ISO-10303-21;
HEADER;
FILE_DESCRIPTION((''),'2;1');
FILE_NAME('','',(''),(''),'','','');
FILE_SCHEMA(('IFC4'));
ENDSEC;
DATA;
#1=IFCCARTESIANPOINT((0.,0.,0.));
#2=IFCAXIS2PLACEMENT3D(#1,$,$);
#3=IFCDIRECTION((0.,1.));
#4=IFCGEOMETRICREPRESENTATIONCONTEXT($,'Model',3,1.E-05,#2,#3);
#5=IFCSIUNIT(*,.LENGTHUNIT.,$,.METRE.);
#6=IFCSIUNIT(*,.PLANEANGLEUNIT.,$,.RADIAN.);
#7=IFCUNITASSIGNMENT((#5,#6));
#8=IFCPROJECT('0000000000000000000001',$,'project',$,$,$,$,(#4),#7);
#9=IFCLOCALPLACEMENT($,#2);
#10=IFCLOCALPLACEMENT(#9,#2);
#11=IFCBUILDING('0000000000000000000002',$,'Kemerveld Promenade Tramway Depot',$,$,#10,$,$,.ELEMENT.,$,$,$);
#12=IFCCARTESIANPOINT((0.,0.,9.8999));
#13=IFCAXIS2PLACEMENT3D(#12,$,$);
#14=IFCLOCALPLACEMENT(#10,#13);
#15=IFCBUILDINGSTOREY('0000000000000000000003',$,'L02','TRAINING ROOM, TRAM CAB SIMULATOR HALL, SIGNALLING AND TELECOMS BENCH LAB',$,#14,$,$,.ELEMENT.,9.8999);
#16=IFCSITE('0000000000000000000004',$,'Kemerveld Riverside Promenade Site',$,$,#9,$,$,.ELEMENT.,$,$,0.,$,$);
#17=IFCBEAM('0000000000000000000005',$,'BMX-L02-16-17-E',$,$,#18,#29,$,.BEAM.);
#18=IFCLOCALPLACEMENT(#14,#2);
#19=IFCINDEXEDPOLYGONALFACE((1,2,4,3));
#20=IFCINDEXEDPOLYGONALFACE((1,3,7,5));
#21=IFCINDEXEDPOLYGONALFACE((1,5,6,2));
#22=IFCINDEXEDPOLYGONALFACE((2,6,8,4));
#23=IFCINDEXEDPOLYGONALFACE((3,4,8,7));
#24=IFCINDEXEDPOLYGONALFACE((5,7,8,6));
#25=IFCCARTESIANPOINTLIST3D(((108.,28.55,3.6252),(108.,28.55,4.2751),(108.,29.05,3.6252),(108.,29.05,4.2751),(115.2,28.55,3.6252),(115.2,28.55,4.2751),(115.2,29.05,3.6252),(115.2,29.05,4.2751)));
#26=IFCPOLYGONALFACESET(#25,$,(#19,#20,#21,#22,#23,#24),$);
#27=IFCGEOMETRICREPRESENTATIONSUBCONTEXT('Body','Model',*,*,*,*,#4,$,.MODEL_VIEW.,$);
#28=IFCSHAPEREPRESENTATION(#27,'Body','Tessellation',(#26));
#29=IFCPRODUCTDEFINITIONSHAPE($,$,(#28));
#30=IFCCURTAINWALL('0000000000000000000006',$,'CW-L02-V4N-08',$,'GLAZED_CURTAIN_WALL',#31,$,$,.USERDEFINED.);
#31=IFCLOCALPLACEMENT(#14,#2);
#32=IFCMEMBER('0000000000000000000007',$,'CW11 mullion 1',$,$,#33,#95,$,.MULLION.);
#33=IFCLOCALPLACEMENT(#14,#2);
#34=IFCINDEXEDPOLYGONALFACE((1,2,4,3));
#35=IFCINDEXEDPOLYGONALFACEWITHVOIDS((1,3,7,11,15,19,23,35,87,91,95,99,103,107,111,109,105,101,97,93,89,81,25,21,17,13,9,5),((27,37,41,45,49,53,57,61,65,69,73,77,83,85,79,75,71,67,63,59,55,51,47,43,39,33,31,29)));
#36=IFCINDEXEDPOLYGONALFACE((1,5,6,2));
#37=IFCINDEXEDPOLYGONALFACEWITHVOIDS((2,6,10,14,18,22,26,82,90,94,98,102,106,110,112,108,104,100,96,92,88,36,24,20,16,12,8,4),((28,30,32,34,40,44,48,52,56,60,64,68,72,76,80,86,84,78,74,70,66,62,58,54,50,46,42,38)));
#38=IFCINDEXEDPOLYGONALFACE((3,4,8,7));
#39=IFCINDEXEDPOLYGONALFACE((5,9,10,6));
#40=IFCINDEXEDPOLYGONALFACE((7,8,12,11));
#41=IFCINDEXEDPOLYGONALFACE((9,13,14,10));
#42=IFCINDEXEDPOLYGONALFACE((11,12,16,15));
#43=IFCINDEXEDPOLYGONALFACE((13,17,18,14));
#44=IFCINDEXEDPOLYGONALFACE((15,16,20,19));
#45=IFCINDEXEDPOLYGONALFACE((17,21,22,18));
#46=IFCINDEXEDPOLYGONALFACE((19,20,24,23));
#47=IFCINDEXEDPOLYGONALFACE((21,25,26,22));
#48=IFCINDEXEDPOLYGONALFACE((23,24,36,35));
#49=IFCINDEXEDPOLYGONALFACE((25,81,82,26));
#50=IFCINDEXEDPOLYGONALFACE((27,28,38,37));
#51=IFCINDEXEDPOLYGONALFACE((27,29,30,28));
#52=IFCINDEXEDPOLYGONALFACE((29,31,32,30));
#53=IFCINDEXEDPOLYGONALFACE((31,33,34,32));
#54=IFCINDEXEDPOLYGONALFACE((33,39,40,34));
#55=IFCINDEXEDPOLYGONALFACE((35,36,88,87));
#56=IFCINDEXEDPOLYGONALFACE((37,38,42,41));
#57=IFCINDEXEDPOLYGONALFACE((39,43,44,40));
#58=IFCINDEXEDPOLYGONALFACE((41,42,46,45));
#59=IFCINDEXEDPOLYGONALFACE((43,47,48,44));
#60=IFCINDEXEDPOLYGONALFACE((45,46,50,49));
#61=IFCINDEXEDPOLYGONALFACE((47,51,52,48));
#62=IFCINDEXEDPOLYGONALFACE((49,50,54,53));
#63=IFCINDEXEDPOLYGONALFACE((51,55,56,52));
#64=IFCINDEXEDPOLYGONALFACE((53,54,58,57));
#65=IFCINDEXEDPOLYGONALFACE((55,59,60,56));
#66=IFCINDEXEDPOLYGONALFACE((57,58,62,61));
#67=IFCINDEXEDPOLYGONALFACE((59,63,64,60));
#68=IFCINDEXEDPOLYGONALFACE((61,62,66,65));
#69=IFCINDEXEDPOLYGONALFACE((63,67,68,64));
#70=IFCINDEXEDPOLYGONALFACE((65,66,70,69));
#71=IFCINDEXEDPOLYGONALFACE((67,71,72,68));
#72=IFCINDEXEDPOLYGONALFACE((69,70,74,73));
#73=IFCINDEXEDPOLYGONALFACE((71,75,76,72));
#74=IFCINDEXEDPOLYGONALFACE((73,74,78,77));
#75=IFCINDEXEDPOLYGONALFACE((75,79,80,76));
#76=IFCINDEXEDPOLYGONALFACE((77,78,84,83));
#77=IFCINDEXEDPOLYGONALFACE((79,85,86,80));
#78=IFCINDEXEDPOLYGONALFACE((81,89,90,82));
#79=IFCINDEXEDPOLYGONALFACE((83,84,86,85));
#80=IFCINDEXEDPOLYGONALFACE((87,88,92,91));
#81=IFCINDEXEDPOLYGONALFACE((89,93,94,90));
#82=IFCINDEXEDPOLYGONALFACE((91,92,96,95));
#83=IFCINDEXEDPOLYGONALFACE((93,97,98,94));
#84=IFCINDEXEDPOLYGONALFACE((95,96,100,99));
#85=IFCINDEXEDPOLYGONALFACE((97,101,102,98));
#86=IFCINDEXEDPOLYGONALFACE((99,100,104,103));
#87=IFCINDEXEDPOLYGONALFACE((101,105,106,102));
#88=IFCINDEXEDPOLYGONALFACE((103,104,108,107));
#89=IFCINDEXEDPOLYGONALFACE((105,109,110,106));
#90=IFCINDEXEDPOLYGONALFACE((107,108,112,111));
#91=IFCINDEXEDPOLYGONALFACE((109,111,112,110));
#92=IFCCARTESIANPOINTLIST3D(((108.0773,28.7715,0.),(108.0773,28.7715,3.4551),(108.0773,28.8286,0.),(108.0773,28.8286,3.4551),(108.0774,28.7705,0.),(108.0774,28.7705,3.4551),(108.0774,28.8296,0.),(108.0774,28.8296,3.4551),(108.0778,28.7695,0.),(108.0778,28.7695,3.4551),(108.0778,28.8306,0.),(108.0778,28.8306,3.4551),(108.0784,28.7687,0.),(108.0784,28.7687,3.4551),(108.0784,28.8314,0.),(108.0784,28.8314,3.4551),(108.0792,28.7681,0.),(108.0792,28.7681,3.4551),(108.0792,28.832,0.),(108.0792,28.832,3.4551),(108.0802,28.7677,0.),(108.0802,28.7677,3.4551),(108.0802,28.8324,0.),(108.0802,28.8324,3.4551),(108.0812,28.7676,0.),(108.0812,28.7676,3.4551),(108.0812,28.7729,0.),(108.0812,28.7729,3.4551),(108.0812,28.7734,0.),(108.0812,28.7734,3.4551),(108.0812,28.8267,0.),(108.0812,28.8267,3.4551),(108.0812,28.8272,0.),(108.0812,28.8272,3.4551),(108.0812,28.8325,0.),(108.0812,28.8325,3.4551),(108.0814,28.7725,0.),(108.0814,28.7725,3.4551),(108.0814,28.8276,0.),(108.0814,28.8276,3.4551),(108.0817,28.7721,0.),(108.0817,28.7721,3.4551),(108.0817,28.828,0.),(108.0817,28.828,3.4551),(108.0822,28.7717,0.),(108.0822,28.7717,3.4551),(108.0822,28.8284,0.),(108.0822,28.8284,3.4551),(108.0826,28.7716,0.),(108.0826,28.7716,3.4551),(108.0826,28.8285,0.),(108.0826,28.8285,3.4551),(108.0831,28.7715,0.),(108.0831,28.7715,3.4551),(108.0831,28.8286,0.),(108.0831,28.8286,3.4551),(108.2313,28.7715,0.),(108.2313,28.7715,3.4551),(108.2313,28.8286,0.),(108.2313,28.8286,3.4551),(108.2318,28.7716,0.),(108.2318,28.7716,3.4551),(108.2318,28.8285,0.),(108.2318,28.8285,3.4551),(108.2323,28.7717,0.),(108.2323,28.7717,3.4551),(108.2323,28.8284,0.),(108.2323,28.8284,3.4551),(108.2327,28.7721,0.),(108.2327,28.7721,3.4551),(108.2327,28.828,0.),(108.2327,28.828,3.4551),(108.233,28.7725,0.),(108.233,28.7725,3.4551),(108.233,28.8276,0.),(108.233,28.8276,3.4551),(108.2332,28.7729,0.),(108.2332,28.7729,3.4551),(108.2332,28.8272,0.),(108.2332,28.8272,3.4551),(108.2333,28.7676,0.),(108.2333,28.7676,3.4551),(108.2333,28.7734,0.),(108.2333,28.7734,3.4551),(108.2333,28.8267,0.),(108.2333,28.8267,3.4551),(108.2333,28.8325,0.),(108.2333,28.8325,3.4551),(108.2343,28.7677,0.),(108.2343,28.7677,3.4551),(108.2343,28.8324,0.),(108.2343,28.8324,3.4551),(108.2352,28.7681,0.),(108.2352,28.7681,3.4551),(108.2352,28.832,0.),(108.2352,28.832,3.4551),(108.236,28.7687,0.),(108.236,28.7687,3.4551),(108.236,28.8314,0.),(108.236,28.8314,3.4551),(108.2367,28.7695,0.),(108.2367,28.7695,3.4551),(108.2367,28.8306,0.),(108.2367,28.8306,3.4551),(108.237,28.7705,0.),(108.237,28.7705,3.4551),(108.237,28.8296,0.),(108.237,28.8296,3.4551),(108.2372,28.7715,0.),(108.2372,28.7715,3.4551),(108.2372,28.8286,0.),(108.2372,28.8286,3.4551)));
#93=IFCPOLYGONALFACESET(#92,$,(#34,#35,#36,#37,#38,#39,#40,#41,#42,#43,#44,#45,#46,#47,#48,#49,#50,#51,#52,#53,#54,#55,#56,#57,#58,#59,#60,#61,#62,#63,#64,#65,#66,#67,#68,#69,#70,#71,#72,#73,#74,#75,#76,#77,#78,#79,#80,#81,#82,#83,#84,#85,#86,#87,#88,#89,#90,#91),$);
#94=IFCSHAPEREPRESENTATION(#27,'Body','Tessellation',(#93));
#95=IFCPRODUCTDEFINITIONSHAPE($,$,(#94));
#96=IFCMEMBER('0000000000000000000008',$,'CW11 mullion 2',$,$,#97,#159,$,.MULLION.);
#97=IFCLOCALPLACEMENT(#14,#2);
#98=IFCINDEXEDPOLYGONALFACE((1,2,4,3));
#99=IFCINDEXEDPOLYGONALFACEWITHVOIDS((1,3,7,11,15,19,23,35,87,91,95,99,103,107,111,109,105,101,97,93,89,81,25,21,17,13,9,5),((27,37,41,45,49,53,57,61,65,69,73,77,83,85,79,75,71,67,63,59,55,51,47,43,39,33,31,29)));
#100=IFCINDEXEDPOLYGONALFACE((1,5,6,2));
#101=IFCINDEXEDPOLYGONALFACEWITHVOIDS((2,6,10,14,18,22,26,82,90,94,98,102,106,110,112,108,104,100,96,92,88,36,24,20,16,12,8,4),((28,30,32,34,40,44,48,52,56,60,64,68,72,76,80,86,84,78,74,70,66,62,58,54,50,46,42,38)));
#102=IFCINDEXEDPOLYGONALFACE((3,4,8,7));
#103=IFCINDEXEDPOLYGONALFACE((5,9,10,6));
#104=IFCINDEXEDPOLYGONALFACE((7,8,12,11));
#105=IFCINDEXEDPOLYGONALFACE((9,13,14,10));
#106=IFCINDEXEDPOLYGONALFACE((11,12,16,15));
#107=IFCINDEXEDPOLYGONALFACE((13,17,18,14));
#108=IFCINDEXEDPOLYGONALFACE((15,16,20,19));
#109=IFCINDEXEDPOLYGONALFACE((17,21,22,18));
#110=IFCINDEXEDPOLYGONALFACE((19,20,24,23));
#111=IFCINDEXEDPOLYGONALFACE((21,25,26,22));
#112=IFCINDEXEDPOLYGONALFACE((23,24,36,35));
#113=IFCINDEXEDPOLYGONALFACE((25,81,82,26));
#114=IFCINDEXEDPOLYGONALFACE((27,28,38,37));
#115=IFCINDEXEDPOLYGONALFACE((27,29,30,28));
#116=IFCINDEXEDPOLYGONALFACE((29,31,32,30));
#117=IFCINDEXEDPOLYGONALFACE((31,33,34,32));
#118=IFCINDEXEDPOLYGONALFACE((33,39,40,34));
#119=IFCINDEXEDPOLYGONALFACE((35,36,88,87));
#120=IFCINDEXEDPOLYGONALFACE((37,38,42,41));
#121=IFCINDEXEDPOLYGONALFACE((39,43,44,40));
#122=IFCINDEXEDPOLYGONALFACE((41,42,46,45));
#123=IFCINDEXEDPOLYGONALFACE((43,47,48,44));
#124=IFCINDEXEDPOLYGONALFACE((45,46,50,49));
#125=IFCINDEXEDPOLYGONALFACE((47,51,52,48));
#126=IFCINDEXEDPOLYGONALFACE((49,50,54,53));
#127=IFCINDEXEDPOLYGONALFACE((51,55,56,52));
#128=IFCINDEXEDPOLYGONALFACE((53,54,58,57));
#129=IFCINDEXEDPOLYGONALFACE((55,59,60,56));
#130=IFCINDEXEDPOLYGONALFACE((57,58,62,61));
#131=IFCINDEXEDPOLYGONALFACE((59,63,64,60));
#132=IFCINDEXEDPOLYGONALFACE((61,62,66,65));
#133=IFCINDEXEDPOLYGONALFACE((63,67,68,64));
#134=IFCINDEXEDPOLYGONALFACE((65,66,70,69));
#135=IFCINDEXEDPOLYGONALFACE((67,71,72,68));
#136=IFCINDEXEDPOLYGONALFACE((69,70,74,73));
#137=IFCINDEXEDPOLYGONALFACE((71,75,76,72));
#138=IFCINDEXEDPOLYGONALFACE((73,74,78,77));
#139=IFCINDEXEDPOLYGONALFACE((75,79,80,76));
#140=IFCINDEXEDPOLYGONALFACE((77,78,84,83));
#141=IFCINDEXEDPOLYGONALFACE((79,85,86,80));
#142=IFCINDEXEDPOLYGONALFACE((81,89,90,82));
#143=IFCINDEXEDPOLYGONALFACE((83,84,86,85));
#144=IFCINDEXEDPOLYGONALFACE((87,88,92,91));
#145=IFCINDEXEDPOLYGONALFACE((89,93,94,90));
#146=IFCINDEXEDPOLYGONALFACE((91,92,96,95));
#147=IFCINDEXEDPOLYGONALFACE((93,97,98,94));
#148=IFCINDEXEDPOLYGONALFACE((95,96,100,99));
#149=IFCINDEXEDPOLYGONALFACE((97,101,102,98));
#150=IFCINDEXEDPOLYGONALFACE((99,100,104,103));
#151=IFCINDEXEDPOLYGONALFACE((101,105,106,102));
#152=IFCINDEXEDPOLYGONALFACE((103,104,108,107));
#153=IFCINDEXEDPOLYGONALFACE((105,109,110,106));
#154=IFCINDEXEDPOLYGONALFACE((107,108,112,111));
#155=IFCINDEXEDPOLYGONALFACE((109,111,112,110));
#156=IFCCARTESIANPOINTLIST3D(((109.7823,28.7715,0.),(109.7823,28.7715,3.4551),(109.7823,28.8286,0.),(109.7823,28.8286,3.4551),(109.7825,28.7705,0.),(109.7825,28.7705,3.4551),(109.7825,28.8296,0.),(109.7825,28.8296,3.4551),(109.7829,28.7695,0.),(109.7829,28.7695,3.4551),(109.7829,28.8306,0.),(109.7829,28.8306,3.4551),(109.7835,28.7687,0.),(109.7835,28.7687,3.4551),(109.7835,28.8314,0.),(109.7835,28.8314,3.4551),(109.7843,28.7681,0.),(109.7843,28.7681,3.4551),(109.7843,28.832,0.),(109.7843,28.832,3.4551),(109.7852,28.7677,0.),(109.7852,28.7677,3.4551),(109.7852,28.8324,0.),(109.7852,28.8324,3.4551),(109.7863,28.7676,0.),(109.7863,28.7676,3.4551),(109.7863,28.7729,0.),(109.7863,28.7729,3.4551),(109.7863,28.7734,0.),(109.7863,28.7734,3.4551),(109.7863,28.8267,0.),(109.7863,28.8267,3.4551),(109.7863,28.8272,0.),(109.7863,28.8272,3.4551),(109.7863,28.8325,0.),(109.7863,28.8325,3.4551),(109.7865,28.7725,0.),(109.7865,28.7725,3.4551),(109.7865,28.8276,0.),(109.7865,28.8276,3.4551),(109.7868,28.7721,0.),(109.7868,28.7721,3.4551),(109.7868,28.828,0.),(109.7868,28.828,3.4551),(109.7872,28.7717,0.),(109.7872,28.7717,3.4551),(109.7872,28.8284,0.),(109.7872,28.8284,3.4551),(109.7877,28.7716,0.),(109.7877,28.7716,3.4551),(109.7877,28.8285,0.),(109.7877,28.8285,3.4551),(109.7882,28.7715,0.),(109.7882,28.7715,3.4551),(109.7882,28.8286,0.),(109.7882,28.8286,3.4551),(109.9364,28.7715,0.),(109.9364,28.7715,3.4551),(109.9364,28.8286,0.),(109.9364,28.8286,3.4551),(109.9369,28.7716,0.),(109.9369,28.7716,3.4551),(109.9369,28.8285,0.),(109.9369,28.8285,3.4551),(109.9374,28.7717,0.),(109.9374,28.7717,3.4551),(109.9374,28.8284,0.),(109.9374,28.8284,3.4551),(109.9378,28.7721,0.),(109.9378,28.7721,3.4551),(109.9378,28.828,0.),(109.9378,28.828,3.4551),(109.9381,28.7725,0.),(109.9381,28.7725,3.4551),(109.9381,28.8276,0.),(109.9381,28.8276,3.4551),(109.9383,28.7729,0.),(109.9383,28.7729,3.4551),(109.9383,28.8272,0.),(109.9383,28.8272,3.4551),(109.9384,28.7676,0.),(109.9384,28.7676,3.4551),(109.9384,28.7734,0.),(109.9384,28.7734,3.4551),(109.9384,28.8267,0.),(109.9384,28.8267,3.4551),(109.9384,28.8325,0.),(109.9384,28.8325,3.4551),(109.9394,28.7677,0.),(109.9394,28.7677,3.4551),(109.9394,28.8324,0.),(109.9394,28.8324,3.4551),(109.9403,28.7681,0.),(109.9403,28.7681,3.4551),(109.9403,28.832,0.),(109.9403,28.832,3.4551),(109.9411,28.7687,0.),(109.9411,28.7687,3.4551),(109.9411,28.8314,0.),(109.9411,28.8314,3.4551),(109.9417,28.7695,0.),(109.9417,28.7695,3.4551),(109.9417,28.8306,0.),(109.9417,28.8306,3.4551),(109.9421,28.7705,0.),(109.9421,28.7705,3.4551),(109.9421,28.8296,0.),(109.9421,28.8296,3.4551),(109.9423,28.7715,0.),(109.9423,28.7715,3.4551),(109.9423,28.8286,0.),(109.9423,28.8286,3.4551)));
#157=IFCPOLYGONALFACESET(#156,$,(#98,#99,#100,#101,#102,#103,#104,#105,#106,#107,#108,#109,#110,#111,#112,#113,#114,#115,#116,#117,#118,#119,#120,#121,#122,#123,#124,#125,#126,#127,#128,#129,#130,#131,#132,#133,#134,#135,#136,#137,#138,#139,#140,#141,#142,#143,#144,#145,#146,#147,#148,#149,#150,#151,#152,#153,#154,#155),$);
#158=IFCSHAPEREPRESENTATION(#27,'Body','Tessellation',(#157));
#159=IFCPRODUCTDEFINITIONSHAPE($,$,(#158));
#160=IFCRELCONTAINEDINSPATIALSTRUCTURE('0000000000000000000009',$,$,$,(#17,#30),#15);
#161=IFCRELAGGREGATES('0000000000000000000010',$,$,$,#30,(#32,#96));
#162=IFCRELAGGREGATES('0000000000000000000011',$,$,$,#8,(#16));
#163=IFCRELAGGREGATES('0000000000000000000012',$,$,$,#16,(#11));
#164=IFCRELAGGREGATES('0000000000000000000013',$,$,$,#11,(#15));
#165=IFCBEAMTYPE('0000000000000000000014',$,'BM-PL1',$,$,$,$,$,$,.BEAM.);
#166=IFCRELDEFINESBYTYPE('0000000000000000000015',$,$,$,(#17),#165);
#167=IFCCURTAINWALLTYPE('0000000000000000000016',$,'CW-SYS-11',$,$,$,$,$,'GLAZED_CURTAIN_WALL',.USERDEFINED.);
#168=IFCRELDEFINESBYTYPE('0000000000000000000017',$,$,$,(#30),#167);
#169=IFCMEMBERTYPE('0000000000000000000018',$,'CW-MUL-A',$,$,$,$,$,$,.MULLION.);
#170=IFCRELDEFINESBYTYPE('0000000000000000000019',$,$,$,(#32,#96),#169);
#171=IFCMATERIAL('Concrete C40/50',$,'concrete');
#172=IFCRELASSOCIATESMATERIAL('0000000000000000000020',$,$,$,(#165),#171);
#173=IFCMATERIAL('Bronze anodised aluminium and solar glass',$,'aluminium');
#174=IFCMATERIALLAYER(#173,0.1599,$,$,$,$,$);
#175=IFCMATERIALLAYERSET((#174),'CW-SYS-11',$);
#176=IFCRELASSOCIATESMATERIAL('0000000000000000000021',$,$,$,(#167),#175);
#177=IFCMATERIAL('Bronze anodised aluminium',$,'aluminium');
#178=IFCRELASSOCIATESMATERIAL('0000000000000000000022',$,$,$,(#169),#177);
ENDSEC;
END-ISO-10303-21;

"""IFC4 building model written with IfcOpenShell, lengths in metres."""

from ifc_helpers import new_model, si_unit, direction, frame, origin, origin_2d, place, context, subcontext, project, spatial, rectangle, hollow_rectangle, extrude, material, layer, layer_set, material_profile, profile_set, type_object, element, aggregate, save


model = new_model("IFC4")

# Units and contexts
model_context = context("Model", 3, precision=1e-05, world=origin(), true_north=direction((0.0, 1.0)))
body_context = subcontext(model_context, "Body", "Model", "MODEL_VIEW")
ifc_project = project(units=[si_unit("LENGTHUNIT", "METRE"), si_unit("PLANEANGLEUNIT", "RADIAN")], contexts=[model_context])

# Site, building, storey
site_placement = place(None, origin())
site = spatial("IfcSite", under=ifc_project, at=site_placement, Name="Kemerveld Riverside Promenade Site", CompositionType="ELEMENT", RefElevation=0.0)
building_placement = place(site_placement, origin())
building = spatial("IfcBuilding", under=site, at=building_placement, Name="Kemerveld Promenade Tramway Depot", CompositionType="ELEMENT")
storey_placement = place(building_placement, frame((0.0, 0.0, 9.8999)))
storey = spatial("IfcBuildingStorey", under=building, at=storey_placement, Name="L02", Description="TRAINING ROOM, TRAM CAB SIMULATOR HALL, SIGNALLING AND TELECOMS BENCH LAB", CompositionType="ELEMENT", Elevation=9.8999)

# Beam
ifc_material_1 = material(Name="Concrete C40/50", Category="concrete")
ifc_material_profile_1 = material_profile(ifc_material_1, rectangle(XDim=0.5, YDim=0.6499, at=origin_2d()), Name="RC-PLINTH-500x650")
ifc_profile_set_1 = profile_set([ifc_material_profile_1], Name="Concrete C40/50")
beam_type_1 = type_object("IfcBeamType", Name="BM-PL1", PredefinedType="BEAM", material=ifc_profile_set_1)
beam_1_placement = place(storey_placement, frame((108.0, 28.8, 3.9502), z_axis=(1.0, 0.0, 0.0), x_axis=(0.0, 1.0, 0.0)))
element("IfcBeam", 1, at=beam_1_placement, inside=storey, type_object=beam_type_1, Name="BMX-L02-16-17-E", PredefinedType="BEAM", context=body_context, shape_type="SweptSolid", body=[
    extrude(rectangle(XDim=0.5, YDim=0.6499, at=origin_2d()), origin(), (0.0, 0.0, 1.0), 7.2),
])

# Curtain wall, members
ifc_material_2 = material(Name="Bronze anodised aluminium and solar glass", Category="aluminium")
ifc_layer_1 = layer(ifc_material_2, 0.1599)
ifc_layer_set_1 = layer_set([ifc_layer_1], Name="CW-SYS-11")
curtain_wall_type = type_object("IfcCurtainWallType", Name="CW-SYS-11", ElementType="GLAZED_CURTAIN_WALL", PredefinedType="USERDEFINED", material=ifc_layer_set_1)
curtain_wall_placement = place(storey_placement, origin())
curtain_wall = element("IfcCurtainWall", 2, at=curtain_wall_placement, inside=storey, type_object=curtain_wall_type, Name="CW-L02-V4N-08", ObjectType="GLAZED_CURTAIN_WALL", PredefinedType="USERDEFINED")
ifc_material_3 = material(Name="Bronze anodised aluminium", Category="aluminium")
ifc_material_profile_2 = material_profile(ifc_material_3, hollow_rectangle(XDim=0.0649, YDim=0.1599, WallThickness=0.0039, InnerFilletRadius=0.002, OuterFilletRadius=0.0039, at=origin_2d()), Name="CW-MUL-160x65")
ifc_profile_set_2 = profile_set([ifc_material_profile_2], Name="Bronze anodised aluminium")
member_type_1 = type_object("IfcMemberType", Name="CW-MUL-A", PredefinedType="MULLION", material=ifc_profile_set_2)
member_1_placement = place(storey_placement, frame((108.1572, 28.8, 0.0), z_axis=(0.0, 0.0, 1.0), x_axis=(0.0, 1.0, 0.0)))
member_1 = element("IfcMember", 3, at=member_1_placement, type_object=member_type_1, Name="CW11 mullion 1", PredefinedType="MULLION", context=body_context, shape_type="SweptSolid", body=[
    extrude(hollow_rectangle(XDim=0.0649, YDim=0.1599, WallThickness=0.0039, InnerFilletRadius=0.002, OuterFilletRadius=0.0039, at=origin_2d()), origin(), (0.0, 0.0, 1.0), 3.4551),
])
member_2_placement = place(storey_placement, frame((109.8623, 28.8, 0.0), z_axis=(0.0, 0.0, 1.0), x_axis=(0.0, 1.0, 0.0)))
member_2 = element("IfcMember", 4, at=member_2_placement, type_object=member_type_1, Name="CW11 mullion 2", PredefinedType="MULLION", context=body_context, shape_type="SweptSolid", body=[
    extrude(hollow_rectangle(XDim=0.0649, YDim=0.1599, WallThickness=0.0039, InnerFilletRadius=0.002, OuterFilletRadius=0.0039, at=origin_2d()), origin(), (0.0, 0.0, 1.0), 3.4551),
])

aggregate(curtain_wall, [member_1, member_2])

save(model, "model.ifc")
